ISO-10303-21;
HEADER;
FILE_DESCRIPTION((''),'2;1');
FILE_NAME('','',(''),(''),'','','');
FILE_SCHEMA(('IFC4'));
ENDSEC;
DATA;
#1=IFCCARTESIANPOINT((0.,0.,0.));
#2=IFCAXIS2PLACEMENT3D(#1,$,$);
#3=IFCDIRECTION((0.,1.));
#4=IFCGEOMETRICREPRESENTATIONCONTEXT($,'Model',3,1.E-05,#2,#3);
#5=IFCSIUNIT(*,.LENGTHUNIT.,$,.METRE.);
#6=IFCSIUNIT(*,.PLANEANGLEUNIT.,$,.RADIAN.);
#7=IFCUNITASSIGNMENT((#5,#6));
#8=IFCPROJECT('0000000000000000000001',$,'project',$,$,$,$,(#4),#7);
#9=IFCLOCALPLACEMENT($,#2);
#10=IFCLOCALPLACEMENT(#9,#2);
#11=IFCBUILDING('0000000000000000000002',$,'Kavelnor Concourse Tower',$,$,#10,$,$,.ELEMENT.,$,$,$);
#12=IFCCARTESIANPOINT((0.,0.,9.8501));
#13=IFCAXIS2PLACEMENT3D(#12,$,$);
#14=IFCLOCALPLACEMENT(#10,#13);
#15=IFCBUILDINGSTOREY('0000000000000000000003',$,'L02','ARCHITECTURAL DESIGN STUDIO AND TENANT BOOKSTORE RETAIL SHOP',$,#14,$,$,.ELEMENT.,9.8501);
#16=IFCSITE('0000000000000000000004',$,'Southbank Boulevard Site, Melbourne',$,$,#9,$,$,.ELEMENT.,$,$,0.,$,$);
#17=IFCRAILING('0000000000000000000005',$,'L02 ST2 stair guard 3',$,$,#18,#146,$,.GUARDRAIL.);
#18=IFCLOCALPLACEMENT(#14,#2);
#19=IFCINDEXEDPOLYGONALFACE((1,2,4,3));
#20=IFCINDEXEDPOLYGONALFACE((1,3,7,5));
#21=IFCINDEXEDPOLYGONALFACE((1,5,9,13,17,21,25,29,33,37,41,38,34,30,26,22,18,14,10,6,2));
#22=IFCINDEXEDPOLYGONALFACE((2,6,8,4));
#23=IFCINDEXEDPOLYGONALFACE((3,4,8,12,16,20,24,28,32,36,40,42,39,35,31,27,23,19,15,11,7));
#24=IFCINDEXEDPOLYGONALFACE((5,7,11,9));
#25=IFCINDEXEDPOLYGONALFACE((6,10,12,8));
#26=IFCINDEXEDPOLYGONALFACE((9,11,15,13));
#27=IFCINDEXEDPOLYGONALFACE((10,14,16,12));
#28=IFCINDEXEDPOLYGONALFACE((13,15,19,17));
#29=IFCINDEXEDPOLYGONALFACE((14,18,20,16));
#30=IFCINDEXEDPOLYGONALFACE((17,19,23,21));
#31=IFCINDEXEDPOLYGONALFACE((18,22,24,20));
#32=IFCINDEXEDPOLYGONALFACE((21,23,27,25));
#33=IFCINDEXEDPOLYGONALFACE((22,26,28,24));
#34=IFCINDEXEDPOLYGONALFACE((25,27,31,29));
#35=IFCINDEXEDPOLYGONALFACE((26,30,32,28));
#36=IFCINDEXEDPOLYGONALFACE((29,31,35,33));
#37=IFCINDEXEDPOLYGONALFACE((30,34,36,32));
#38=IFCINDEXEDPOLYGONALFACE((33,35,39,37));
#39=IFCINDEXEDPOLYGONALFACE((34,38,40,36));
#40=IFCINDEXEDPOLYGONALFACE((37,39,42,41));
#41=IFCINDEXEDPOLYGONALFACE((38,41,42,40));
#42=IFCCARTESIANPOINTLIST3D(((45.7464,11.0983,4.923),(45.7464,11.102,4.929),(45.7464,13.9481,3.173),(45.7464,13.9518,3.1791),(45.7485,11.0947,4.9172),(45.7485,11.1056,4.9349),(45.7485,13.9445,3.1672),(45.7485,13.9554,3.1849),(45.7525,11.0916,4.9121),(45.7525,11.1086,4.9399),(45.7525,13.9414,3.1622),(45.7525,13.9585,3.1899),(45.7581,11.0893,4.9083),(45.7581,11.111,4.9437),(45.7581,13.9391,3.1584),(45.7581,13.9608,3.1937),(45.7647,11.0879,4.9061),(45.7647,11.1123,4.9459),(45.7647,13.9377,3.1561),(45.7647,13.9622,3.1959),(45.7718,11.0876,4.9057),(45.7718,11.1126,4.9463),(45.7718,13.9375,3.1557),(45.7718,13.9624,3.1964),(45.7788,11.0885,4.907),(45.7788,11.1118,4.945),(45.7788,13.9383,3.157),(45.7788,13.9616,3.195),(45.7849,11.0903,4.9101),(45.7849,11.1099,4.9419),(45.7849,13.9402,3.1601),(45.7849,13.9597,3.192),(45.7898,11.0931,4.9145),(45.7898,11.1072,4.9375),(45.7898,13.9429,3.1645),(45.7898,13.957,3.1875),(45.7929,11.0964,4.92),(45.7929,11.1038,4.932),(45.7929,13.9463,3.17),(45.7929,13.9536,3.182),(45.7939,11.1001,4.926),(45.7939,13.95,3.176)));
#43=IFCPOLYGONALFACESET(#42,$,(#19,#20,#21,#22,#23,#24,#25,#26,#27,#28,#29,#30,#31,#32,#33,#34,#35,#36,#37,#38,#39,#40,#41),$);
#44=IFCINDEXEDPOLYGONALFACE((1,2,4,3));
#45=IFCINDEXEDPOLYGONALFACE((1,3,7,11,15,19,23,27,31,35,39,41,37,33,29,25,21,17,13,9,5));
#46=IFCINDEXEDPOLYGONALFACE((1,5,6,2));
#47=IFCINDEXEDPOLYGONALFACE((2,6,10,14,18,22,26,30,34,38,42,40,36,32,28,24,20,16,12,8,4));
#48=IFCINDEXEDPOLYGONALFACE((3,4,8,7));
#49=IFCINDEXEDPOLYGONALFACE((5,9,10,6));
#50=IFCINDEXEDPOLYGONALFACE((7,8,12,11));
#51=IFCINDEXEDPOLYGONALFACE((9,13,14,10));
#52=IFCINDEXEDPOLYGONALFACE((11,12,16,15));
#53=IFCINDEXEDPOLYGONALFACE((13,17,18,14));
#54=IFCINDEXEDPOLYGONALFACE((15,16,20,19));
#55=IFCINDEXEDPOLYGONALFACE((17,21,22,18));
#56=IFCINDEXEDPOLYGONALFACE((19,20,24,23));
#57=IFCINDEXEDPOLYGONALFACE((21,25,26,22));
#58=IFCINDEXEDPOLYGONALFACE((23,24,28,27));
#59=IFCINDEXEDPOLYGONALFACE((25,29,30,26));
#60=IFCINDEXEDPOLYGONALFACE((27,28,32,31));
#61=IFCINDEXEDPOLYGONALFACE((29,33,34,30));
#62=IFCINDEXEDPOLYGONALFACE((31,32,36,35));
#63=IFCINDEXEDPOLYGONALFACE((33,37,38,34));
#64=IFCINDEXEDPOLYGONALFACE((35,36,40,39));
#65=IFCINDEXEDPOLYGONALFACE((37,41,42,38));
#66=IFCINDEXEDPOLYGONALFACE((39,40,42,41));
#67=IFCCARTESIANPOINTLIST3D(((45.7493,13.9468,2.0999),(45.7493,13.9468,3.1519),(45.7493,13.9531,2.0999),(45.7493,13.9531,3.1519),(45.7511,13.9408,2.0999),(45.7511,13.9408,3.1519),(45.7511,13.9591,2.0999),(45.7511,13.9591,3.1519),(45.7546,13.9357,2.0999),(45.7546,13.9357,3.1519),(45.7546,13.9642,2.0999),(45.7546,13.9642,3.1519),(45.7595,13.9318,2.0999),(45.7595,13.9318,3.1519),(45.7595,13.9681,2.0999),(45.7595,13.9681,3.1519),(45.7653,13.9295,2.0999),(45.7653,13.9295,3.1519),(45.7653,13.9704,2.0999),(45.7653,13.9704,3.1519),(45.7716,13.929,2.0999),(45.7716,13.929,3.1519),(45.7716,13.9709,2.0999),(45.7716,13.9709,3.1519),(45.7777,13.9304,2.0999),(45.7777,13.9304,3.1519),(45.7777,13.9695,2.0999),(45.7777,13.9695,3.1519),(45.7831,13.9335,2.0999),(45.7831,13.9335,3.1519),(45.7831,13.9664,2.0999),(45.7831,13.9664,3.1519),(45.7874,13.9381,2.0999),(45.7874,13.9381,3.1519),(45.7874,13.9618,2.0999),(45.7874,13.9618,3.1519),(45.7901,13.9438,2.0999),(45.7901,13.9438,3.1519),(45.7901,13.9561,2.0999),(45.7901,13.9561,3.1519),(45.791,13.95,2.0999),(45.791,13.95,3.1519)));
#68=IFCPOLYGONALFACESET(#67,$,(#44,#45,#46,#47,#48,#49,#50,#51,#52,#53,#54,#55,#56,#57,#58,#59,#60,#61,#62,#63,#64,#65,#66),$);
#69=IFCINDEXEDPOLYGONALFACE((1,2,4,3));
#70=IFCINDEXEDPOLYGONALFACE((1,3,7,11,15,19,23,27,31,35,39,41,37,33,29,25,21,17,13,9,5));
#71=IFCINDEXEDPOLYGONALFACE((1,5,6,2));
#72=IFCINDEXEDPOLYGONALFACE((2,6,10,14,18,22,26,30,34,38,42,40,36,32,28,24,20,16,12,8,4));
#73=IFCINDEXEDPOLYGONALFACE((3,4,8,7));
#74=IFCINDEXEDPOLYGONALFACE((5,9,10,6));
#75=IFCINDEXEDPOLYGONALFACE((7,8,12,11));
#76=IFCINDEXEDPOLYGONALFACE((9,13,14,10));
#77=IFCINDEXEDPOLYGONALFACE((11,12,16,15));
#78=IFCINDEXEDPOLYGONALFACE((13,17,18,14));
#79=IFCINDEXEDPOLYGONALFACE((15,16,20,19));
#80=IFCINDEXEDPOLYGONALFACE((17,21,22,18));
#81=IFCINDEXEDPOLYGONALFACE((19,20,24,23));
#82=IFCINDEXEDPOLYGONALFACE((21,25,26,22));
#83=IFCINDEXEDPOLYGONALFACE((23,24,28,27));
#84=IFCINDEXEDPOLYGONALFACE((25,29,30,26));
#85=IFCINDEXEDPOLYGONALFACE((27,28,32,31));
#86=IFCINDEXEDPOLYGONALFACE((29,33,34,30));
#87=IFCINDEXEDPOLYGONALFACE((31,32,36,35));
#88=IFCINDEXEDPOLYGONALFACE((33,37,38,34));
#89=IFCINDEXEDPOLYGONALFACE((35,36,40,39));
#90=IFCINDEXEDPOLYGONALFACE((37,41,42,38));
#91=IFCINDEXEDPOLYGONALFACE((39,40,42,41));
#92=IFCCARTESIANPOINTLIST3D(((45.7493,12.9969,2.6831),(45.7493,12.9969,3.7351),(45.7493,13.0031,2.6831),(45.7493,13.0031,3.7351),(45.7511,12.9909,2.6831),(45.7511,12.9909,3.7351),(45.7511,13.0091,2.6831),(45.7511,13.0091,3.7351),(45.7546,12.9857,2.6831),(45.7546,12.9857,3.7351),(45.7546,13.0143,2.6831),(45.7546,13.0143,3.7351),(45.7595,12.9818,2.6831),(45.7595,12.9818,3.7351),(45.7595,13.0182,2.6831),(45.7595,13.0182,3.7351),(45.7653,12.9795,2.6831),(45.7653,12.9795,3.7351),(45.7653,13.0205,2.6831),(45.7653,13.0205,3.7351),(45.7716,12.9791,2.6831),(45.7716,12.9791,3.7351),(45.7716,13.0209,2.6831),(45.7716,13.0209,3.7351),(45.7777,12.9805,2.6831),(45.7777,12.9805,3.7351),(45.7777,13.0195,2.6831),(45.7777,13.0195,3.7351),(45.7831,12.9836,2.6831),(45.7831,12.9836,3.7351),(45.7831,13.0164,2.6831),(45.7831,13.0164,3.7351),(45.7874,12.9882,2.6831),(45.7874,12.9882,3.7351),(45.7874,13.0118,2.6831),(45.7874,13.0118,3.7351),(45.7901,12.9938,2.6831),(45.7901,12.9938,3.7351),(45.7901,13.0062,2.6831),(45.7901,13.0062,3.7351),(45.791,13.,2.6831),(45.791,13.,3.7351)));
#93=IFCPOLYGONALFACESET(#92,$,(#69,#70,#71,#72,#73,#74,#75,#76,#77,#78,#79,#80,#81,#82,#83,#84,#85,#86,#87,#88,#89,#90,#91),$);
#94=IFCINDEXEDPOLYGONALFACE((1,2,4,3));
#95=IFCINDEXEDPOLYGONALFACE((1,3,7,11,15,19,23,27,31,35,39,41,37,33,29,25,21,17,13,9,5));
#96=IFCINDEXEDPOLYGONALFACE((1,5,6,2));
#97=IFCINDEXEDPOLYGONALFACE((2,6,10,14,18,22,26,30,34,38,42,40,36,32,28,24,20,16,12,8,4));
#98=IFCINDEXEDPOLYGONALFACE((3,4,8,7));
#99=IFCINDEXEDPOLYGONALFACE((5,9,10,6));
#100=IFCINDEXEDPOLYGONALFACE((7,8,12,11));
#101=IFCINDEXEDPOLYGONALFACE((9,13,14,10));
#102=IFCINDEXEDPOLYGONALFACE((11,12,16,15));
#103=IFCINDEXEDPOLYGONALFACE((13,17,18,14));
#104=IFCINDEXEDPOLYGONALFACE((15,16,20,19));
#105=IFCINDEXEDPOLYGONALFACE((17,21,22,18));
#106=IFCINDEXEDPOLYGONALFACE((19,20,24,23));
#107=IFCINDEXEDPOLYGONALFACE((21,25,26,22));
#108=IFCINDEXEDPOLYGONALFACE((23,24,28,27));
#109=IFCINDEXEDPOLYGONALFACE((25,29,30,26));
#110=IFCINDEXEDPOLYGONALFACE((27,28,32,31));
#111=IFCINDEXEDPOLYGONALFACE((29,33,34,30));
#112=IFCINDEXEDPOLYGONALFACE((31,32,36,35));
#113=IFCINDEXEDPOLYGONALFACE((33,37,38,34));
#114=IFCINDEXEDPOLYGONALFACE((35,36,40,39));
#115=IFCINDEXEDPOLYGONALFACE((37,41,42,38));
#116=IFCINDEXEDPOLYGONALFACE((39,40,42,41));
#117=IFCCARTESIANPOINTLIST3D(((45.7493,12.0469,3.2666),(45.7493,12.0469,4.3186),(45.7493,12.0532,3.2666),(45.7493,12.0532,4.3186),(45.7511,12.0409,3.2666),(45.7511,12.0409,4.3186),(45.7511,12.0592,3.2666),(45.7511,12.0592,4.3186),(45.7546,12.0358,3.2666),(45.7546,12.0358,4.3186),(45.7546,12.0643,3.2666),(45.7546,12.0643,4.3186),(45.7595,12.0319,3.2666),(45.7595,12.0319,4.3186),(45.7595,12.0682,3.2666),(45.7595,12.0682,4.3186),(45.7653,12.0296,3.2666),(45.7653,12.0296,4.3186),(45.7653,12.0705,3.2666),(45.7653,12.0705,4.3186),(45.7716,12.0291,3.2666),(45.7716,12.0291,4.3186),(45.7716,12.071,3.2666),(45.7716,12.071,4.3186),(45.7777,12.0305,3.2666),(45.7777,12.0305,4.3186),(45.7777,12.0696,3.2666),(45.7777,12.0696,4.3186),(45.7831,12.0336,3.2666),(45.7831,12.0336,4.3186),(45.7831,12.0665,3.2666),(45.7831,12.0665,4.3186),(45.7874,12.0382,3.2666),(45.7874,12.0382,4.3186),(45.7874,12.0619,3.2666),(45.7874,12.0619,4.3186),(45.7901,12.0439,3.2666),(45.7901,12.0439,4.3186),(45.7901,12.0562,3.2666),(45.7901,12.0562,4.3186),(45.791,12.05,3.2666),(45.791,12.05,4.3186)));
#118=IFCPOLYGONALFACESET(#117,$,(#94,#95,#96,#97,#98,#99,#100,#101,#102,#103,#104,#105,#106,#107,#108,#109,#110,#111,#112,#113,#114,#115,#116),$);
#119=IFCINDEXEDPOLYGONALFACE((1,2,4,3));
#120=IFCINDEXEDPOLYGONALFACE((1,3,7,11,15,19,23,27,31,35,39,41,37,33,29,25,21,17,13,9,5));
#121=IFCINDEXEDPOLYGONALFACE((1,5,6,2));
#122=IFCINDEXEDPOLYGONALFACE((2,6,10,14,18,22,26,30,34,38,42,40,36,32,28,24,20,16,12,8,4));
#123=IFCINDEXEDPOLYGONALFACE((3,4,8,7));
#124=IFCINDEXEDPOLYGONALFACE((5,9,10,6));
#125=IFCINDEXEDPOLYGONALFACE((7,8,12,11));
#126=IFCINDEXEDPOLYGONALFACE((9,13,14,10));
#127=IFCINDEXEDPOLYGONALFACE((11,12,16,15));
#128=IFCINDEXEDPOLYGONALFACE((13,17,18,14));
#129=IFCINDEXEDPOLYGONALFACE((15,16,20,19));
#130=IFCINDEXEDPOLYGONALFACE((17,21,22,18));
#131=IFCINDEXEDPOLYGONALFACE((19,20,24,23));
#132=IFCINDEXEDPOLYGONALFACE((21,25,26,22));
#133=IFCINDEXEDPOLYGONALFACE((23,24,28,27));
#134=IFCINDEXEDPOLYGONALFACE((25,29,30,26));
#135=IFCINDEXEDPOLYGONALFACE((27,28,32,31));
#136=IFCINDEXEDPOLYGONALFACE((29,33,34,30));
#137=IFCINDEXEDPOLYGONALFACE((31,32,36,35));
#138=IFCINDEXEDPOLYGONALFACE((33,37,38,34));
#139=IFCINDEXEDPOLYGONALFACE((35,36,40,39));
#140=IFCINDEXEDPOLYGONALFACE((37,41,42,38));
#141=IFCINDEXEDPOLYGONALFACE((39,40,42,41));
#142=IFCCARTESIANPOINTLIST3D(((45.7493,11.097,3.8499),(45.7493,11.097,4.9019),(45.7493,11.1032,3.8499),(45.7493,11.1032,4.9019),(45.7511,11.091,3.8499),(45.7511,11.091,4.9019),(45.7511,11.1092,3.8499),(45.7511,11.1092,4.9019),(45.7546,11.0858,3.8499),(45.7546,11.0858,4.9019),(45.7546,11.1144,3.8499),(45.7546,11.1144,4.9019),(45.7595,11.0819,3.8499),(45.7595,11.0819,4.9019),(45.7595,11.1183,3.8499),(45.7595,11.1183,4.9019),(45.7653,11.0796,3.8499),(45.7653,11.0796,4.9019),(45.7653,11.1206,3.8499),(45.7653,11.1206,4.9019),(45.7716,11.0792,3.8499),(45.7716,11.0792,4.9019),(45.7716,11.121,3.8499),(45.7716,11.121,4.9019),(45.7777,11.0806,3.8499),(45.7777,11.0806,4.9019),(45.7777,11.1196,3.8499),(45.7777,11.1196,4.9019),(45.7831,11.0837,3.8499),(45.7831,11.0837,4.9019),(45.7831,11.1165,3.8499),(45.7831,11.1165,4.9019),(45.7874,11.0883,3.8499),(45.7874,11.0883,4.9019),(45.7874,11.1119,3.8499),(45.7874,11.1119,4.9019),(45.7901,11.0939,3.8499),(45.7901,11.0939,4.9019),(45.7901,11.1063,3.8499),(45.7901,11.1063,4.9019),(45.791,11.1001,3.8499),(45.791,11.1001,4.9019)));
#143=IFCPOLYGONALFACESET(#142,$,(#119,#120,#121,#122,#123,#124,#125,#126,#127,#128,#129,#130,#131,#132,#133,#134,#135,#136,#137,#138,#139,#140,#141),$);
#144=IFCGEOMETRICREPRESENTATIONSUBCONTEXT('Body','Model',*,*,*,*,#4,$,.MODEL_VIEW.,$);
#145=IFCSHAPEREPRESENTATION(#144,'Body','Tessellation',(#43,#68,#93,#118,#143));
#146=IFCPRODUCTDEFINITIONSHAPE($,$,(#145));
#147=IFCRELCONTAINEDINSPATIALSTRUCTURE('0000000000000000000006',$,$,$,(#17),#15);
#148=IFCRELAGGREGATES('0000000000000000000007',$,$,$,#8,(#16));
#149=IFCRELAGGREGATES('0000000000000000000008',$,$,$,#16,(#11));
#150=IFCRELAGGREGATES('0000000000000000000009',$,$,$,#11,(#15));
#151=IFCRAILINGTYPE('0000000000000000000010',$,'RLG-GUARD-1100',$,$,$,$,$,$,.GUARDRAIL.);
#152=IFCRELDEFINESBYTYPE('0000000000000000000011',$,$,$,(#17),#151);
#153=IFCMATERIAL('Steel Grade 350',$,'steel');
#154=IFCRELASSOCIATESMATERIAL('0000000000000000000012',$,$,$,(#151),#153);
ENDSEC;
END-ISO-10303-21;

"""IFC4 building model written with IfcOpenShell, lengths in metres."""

from ifc_helpers import new_model, si_unit, direction, frame, origin, origin_2d, place, context, subcontext, project, spatial, circle, extrude, material, type_object, element, save


model = new_model("IFC4")

# Units and contexts
model_context = context("Model", 3, precision=1e-05, world=origin(), true_north=direction((0.0, 1.0)))
body_context = subcontext(model_context, "Body", "Model", "MODEL_VIEW")
ifc_project = project(units=[si_unit("LENGTHUNIT", "METRE"), si_unit("PLANEANGLEUNIT", "RADIAN")], contexts=[model_context])

# Site, building, storey
site_placement = place(None, origin())
site = spatial("IfcSite", under=ifc_project, at=site_placement, Name="Southbank Boulevard Site, Melbourne", CompositionType="ELEMENT", RefElevation=0.0)
building_placement = place(site_placement, origin())
building = spatial("IfcBuilding", under=site, at=building_placement, Name="Kavelnor Concourse Tower", CompositionType="ELEMENT")
storey_placement = place(building_placement, frame((0.0, 0.0, 9.8501)))
storey = spatial("IfcBuildingStorey", under=building, at=storey_placement, Name="L02", Description="ARCHITECTURAL DESIGN STUDIO AND TENANT BOOKSTORE RETAIL SHOP", CompositionType="ELEMENT", Elevation=9.8501)

# Shared definitions
ifc_material_1 = material(Name="Steel Grade 350", Category="steel")

# Railing
railing_type_1 = type_object("IfcRailingType", Name="RLG-GUARD-1100", PredefinedType="GUARDRAIL", material=ifc_material_1)
railing_1_placement = place(storey_placement, frame((45.77, 13.95, 2.0999)))
element("IfcRailing", 1, at=railing_1_placement, inside=storey, type_object=railing_type_1, Name="L02 ST2 stair guard 3", PredefinedType="GUARDRAIL", context=body_context, shape_type="SweptSolid", body=[
    extrude(circle(Radius=0.0239, at=origin_2d()), frame((0.0, 0.0, 1.0762), z_axis=(0.0, -0.852159, 0.523283), x_axis=(1.0, 0.0, 0.0)), (0.0, 0.0, 1.0), 3.3442),
    extrude(circle(Radius=0.021, at=origin_2d()), origin(), (0.0, 0.0, 1.0), 1.052),
    extrude(circle(Radius=0.021, at=origin_2d()), frame((0.0, -0.95, 0.5833)), (0.0, 0.0, 1.0), 1.052),
    extrude(circle(Radius=0.021, at=origin_2d()), frame((0.0, -1.8999, 1.1667)), (0.0, 0.0, 1.0), 1.052),
    extrude(circle(Radius=0.021, at=origin_2d()), frame((0.0, -2.8499, 1.75)), (0.0, 0.0, 1.0), 1.052),
])

save(model, "model.ifc")
